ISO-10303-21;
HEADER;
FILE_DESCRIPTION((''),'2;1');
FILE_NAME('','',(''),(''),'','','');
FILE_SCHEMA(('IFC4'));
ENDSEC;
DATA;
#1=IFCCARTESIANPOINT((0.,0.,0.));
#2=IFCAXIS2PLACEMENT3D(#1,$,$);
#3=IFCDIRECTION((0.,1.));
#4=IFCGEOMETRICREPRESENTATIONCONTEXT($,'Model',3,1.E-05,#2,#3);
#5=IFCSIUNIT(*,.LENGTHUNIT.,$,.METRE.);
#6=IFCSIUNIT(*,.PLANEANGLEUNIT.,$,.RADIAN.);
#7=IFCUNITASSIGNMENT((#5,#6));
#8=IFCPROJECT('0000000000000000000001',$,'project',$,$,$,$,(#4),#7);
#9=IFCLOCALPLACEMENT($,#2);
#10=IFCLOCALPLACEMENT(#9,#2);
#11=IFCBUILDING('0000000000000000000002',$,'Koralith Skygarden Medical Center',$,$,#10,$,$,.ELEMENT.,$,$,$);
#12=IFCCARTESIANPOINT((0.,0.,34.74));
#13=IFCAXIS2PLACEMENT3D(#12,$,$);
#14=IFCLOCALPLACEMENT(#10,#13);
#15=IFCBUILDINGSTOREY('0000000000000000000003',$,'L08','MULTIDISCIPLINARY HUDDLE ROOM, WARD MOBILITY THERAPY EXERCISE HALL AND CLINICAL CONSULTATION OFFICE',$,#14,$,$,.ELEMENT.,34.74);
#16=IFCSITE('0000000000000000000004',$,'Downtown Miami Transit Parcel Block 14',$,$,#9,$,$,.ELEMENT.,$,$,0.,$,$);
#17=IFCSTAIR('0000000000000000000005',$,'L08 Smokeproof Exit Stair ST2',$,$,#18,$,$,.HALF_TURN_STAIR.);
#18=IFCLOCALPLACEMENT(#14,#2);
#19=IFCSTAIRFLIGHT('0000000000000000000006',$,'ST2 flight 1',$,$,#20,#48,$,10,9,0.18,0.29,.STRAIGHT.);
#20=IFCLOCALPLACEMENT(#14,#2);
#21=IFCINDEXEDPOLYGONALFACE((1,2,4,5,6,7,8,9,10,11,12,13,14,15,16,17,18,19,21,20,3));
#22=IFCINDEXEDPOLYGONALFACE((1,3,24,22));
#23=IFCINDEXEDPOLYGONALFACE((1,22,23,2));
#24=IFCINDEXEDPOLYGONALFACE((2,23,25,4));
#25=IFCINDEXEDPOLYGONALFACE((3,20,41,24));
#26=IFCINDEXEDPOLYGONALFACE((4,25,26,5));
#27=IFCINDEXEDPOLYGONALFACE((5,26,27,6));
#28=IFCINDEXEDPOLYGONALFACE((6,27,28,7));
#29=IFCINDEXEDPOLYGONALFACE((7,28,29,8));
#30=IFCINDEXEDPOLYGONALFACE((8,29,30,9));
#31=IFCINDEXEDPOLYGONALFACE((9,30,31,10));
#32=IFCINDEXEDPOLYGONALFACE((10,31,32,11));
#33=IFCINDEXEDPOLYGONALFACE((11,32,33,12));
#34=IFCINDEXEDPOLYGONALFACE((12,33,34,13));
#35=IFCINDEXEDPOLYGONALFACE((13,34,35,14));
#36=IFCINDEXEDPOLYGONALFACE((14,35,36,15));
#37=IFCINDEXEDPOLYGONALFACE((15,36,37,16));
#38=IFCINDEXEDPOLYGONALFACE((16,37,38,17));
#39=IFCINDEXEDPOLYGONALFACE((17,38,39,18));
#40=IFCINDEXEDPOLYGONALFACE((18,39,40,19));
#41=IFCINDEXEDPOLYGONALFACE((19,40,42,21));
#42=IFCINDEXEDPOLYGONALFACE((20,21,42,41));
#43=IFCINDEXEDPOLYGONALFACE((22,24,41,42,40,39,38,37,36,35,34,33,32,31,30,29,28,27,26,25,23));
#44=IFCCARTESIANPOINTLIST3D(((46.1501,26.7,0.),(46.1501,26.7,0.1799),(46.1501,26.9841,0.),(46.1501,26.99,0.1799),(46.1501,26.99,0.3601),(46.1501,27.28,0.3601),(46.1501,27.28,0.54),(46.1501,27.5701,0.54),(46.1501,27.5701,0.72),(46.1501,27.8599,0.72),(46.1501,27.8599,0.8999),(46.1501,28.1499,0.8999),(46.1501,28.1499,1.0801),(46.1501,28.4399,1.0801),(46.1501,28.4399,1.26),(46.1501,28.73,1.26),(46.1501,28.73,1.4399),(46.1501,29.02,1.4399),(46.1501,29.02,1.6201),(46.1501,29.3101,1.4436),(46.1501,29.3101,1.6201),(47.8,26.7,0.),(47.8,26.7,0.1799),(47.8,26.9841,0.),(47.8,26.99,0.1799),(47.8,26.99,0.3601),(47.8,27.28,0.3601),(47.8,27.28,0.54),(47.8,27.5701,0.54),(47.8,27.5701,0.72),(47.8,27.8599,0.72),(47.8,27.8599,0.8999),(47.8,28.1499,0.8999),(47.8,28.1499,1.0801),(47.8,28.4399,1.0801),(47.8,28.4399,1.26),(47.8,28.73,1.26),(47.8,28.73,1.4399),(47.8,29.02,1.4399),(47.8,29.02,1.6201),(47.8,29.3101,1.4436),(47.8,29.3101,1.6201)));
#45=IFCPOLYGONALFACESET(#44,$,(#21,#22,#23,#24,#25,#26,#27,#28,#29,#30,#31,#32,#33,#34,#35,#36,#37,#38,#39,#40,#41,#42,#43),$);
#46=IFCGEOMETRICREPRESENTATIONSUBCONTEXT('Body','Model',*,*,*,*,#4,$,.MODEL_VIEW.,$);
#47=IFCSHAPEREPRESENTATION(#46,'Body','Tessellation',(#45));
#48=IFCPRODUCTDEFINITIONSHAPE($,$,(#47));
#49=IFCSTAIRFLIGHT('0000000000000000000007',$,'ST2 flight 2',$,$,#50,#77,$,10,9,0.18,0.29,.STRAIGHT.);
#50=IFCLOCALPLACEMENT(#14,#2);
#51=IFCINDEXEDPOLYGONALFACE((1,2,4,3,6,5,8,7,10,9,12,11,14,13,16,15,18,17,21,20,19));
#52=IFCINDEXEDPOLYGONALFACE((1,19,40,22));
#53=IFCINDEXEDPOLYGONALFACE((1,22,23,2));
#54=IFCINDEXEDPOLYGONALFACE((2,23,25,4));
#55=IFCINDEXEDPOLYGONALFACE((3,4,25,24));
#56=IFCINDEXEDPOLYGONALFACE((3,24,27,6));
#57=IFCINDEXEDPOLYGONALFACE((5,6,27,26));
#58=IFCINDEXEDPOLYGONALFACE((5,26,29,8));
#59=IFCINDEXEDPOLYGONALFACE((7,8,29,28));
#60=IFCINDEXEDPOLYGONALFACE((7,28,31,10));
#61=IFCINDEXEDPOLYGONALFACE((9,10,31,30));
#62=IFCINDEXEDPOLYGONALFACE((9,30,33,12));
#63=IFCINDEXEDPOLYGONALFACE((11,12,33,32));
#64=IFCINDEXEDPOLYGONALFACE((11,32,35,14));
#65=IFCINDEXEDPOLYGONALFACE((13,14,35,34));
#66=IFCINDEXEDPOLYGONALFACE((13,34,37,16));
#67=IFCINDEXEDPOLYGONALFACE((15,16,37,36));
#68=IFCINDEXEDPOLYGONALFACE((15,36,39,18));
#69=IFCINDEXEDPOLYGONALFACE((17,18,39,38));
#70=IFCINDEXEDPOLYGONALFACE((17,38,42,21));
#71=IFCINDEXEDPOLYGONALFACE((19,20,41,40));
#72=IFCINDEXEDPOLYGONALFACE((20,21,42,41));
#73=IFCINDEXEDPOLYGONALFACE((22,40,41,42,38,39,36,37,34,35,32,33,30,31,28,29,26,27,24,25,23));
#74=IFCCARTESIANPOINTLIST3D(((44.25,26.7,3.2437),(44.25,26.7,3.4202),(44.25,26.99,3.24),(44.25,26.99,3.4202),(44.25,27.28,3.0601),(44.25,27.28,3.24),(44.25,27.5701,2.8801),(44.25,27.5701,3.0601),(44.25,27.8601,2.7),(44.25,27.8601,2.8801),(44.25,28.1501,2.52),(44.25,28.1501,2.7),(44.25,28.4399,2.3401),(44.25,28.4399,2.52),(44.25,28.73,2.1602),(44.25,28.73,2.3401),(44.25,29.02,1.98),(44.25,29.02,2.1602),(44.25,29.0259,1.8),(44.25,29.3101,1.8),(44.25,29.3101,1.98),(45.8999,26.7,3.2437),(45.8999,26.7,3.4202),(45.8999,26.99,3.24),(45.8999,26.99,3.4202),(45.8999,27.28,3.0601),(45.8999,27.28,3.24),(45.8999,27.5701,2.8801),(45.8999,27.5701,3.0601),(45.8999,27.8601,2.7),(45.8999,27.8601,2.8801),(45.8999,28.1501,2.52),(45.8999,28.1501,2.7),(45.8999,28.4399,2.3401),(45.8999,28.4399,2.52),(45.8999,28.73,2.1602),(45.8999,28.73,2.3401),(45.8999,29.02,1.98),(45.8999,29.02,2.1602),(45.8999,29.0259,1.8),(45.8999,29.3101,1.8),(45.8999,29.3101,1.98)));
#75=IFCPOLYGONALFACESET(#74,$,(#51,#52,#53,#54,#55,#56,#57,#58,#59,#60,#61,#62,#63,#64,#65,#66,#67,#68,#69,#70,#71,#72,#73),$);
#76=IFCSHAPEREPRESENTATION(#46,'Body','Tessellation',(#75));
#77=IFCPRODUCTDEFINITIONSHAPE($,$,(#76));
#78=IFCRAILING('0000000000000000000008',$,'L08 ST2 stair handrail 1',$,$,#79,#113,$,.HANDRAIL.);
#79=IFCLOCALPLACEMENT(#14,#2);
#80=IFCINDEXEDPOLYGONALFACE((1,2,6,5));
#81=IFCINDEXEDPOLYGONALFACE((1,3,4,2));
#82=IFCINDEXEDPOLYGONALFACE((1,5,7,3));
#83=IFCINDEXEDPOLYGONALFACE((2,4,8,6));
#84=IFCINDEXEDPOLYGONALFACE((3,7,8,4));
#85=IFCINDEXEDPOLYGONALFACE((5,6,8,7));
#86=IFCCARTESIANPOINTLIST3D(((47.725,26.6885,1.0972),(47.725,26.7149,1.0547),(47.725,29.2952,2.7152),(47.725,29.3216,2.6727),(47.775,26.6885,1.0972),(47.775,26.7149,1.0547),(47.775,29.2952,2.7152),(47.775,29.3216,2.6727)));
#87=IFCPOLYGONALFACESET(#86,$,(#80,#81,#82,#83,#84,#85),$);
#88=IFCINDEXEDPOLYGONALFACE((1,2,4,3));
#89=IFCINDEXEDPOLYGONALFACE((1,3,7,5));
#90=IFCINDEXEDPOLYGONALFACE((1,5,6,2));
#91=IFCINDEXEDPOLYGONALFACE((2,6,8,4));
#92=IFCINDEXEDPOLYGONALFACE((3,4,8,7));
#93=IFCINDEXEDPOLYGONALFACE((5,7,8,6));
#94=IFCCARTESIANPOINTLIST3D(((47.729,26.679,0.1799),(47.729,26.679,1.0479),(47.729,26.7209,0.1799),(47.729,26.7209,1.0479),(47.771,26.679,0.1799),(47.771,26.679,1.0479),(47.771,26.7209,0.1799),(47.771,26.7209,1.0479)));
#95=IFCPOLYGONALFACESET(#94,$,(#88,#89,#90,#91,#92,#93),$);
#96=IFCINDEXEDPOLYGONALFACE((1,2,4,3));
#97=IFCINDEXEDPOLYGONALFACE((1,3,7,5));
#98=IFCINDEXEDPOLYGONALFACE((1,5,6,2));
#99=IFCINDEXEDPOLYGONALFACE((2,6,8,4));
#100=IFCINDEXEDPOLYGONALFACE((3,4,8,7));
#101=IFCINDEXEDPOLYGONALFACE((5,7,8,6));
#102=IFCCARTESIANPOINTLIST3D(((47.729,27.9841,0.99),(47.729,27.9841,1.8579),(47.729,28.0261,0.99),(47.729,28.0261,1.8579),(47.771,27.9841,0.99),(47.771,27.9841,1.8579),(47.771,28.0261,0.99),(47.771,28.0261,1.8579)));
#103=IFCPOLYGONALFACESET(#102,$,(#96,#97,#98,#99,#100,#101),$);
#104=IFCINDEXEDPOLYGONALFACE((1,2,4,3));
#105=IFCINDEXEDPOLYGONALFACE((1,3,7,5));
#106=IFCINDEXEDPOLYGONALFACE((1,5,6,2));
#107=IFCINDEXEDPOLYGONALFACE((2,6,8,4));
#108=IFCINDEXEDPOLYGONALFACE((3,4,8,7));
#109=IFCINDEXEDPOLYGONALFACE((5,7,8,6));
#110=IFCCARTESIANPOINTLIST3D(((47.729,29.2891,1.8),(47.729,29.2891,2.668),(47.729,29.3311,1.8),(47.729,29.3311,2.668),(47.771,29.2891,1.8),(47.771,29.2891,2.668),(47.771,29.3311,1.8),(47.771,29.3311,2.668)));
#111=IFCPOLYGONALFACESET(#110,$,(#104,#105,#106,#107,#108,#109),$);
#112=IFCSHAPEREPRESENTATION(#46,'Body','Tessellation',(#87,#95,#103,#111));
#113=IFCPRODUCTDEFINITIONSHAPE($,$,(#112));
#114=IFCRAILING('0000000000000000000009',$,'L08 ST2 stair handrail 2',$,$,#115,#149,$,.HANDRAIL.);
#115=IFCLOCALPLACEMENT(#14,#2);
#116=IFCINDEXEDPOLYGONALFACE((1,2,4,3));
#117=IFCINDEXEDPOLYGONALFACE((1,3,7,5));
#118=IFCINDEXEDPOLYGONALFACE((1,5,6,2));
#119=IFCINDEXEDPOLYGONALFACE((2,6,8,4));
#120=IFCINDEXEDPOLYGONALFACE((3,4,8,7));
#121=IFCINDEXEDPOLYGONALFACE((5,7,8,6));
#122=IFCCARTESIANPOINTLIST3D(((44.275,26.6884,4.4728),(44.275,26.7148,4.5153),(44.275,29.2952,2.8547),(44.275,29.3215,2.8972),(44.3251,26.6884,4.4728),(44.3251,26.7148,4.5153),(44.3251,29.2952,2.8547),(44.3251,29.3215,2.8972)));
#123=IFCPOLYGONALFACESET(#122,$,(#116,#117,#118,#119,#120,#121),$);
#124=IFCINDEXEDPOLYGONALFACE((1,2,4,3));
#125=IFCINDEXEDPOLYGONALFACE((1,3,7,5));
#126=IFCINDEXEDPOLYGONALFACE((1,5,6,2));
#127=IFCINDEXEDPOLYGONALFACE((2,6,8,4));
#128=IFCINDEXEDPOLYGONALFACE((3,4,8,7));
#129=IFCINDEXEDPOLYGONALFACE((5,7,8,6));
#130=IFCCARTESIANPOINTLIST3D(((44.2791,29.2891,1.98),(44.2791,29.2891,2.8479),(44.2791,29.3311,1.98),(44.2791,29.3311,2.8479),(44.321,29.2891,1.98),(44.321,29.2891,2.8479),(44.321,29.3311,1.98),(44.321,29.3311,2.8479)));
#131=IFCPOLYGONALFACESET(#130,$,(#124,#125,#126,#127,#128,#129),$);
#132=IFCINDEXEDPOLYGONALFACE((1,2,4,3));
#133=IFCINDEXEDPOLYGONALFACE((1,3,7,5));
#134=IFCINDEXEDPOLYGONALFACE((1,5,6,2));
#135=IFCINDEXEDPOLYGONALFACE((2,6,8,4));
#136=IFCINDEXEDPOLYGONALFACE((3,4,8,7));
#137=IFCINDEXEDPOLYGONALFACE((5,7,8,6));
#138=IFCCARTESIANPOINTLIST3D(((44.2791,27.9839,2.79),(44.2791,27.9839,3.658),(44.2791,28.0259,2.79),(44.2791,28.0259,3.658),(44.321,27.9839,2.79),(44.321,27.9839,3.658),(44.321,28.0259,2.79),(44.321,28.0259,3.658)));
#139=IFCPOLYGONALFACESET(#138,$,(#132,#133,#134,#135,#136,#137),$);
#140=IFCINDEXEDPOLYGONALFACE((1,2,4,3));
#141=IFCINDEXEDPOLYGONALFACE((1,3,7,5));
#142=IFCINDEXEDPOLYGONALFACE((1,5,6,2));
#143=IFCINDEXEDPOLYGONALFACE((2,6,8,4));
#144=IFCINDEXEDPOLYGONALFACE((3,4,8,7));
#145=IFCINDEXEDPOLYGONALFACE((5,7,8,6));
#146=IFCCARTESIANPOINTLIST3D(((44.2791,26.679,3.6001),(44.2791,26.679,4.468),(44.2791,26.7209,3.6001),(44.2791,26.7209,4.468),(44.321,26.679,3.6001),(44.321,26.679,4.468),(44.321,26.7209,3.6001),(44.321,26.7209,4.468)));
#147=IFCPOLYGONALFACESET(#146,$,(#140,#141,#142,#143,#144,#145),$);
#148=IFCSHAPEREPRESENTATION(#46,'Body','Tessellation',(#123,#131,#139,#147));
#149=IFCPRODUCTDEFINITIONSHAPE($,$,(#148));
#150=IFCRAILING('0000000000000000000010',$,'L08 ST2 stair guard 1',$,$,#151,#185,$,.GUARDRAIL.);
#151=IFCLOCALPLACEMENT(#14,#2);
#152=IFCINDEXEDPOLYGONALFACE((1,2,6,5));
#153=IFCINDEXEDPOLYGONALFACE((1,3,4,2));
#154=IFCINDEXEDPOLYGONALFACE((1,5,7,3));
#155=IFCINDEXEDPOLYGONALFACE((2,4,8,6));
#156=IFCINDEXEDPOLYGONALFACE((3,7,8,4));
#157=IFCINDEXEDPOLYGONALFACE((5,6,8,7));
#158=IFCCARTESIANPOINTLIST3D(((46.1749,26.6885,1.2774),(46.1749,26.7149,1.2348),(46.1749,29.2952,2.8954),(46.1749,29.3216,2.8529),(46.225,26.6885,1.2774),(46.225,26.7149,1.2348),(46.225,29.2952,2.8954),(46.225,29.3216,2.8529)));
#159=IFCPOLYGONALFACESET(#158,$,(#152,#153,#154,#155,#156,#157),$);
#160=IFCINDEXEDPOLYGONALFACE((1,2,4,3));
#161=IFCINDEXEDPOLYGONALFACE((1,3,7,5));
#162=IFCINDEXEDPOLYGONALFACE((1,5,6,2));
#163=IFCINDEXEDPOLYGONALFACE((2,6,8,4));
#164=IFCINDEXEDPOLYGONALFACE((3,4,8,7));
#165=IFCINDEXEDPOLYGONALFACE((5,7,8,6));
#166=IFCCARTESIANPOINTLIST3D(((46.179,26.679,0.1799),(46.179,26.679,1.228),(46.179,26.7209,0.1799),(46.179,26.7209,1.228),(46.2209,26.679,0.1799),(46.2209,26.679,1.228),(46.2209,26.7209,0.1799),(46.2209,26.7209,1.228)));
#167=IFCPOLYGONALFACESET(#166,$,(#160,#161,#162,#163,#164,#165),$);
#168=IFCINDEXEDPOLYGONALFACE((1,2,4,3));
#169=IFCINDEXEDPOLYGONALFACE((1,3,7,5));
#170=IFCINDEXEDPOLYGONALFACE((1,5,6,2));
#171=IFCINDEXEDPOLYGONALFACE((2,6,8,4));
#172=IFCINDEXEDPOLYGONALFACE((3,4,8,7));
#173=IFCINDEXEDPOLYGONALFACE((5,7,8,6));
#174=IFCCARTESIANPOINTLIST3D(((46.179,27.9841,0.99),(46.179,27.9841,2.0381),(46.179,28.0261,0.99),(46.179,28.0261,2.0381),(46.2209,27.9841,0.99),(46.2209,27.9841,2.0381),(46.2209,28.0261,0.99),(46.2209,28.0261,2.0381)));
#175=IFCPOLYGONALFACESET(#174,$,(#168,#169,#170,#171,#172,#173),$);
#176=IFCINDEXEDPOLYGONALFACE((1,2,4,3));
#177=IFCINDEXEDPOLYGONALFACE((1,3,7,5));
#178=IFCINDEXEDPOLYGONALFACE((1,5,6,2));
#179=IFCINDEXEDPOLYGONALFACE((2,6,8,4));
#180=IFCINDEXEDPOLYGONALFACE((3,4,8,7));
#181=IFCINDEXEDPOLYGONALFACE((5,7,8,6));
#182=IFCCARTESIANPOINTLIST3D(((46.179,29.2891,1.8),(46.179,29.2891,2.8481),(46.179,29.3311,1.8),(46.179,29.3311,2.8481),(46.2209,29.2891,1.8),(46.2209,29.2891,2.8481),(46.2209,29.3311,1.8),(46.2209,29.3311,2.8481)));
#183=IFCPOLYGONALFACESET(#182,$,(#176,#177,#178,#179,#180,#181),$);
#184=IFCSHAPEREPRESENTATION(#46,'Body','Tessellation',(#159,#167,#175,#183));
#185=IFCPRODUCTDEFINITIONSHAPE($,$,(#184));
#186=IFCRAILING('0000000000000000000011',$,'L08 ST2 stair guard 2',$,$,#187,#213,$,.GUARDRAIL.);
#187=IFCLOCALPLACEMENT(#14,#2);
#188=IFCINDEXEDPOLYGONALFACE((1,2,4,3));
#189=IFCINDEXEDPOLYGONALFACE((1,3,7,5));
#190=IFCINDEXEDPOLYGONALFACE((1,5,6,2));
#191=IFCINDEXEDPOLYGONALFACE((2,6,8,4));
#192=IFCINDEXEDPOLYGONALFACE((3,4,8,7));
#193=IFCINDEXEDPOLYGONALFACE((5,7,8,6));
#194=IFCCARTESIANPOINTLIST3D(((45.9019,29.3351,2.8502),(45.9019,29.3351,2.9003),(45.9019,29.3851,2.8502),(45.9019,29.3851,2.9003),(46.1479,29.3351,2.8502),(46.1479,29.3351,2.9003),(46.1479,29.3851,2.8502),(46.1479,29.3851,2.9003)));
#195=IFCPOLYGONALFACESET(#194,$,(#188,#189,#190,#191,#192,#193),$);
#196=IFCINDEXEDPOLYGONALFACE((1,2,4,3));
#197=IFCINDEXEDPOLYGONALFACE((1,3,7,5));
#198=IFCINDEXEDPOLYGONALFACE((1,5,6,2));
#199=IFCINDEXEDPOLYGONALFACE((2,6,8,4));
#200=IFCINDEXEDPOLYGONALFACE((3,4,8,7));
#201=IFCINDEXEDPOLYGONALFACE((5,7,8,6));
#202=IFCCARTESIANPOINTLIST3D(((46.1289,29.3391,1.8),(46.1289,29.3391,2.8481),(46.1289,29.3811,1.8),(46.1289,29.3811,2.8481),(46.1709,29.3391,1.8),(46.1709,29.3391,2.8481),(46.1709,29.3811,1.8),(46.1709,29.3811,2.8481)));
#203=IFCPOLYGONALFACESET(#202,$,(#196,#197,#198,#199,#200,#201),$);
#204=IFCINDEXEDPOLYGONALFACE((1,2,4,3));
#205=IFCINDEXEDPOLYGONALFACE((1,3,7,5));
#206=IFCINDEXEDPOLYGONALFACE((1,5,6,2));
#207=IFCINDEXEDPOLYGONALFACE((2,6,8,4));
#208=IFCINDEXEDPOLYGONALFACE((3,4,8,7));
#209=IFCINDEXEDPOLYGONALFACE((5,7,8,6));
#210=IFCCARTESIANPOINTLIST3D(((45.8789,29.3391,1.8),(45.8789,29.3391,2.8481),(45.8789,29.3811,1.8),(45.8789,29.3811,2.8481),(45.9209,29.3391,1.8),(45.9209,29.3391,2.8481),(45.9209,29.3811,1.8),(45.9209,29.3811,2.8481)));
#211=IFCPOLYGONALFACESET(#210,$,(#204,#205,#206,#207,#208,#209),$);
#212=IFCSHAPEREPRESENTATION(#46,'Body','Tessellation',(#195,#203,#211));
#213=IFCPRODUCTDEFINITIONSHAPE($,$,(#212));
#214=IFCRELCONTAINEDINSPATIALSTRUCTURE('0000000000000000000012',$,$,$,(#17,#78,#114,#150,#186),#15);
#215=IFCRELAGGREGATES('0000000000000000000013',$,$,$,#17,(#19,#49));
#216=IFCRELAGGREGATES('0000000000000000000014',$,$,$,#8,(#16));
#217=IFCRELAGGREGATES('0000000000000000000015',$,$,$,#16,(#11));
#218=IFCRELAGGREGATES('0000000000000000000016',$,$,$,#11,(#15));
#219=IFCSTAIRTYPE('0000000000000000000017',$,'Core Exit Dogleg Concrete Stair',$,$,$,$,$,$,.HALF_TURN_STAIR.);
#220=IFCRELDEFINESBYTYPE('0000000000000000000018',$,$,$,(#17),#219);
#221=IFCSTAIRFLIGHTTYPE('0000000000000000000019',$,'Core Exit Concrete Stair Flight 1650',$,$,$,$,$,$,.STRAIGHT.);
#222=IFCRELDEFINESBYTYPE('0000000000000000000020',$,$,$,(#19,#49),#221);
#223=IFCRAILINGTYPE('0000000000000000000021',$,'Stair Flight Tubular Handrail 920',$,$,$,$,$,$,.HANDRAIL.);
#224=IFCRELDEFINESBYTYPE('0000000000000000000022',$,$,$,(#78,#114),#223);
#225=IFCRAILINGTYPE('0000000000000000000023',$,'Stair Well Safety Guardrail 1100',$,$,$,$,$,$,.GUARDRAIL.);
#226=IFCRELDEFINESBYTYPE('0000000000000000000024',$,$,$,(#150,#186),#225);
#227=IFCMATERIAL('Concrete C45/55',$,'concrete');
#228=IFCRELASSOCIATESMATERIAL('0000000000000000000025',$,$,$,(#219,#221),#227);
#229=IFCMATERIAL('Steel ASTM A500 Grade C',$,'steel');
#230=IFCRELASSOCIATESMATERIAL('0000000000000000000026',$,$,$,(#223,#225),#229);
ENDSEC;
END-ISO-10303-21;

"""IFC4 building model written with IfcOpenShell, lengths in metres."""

from ifc_helpers import new_model, si_unit, direction, frame, origin, origin_2d, place, context, subcontext, project, spatial, polyline, rectangle, outline, extrude, material, type_object, element, aggregate, save


model = new_model("IFC4")

# Units and contexts
model_context = context("Model", 3, precision=1e-05, world=origin(), true_north=direction((0.0, 1.0)))
body_context = subcontext(model_context, "Body", "Model", "MODEL_VIEW")
ifc_project = project(units=[si_unit("LENGTHUNIT", "METRE"), si_unit("PLANEANGLEUNIT", "RADIAN")], contexts=[model_context])

# Site, building, storey
site_placement = place(None, origin())
site = spatial("IfcSite", under=ifc_project, at=site_placement, Name="Downtown Miami Transit Parcel Block 14", CompositionType="ELEMENT", RefElevation=0.0)
building_placement = place(site_placement, origin())
building = spatial("IfcBuilding", under=site, at=building_placement, Name="Koralith Skygarden Medical Center", CompositionType="ELEMENT")
storey_placement = place(building_placement, frame((0.0, 0.0, 34.74)))
storey = spatial("IfcBuildingStorey", under=building, at=storey_placement, Name="L08", Description="MULTIDISCIPLINARY HUDDLE ROOM, WARD MOBILITY THERAPY EXERCISE HALL AND CLINICAL CONSULTATION OFFICE", CompositionType="ELEMENT", Elevation=34.74)

# Shared definitions
ifc_material_1 = material(Name="Steel ASTM A500 Grade C", Category="steel")

# Shared definitions
ifc_material_2 = material(Name="Concrete C45/55", Category="concrete")

# Stair, stair flights
stair_type = type_object("IfcStairType", Name="Core Exit Dogleg Concrete Stair", PredefinedType="HALF_TURN_STAIR", material=ifc_material_2)
stair_placement = place(storey_placement, origin())
stair = element("IfcStair", 1, at=stair_placement, inside=storey, type_object=stair_type, Name="L08 Smokeproof Exit Stair ST2", PredefinedType="HALF_TURN_STAIR")
stair_flight_type = type_object("IfcStairFlightType", Name="Core Exit Concrete Stair Flight 1650", PredefinedType="STRAIGHT", material=ifc_material_2)
stair_flight_1_placement = place(storey_placement, frame((46.9751, 26.7, 0.0), z_axis=(0.0, 0.0, 1.0), x_axis=(0.0, 1.0, 0.0)))
stair_flight_1 = element("IfcStairFlight", 2, at=stair_flight_1_placement, type_object=stair_flight_type, Name="ST2 flight 1", NumberOfRisers=10, NumberOfTreads=9, PredefinedType="STRAIGHT", RiserHeight=0.18, TreadLength=0.29, context=body_context, shape_type="SweptSolid", body=[
    extrude(outline(polyline([(0.0, 0.0), (0.0, 0.1799), (0.29, 0.1799), (0.29, 0.3601), (0.5801, 0.3601), (0.5801, 0.54), (0.8701, 0.54), (0.8701, 0.72), (1.1599, 0.72), (1.1599, 0.8999), (1.45, 0.8999), (1.45, 1.0801), (1.74, 1.0801), (1.74, 1.26), (2.03, 1.26), (2.03, 1.4399), (2.3201, 1.4399), (2.3201, 1.6201), (2.6101, 1.6201), (2.6101, 1.8), (2.6101, 1.4436), (0.2842, 0.0), (0.0, 0.0)])), frame((0.0, 0.825, 0.0), z_axis=(0.0, -1.0, 0.0), x_axis=(1.0, 0.0, 0.0)), (0.0, 0.0, 1.0), 1.6499),
])
stair_flight_2_placement = place(storey_placement, frame((45.075, 29.3101, 1.8), z_axis=(0.0, 0.0, 1.0), x_axis=(0.0, -1.0, 0.0)))
stair_flight_2 = element("IfcStairFlight", 3, at=stair_flight_2_placement, type_object=stair_flight_type, Name="ST2 flight 2", NumberOfRisers=10, NumberOfTreads=9, PredefinedType="STRAIGHT", RiserHeight=0.18, TreadLength=0.29, context=body_context, shape_type="SweptSolid", body=[
    extrude(outline(polyline([(0.0, 0.0), (0.0, 0.1799), (0.29, 0.1799), (0.29, 0.3601), (0.5801, 0.3601), (0.5801, 0.54), (0.8701, 0.54), (0.8701, 0.72), (1.1599, 0.72), (1.1599, 0.8999), (1.45, 0.8999), (1.45, 1.0801), (1.74, 1.0801), (1.74, 1.26), (2.03, 1.26), (2.03, 1.4399), (2.3201, 1.4399), (2.3201, 1.6201), (2.6101, 1.6201), (2.6101, 1.8), (2.6101, 1.4436), (0.2842, 0.0), (0.0, 0.0)])), frame((0.0, 0.825, 0.0), z_axis=(0.0, -1.0, 0.0), x_axis=(1.0, 0.0, 0.0)), (0.0, 0.0, 1.0), 1.6499),
])
aggregate(stair, [stair_flight_1, stair_flight_2])

# Railings
railing_type_1 = type_object("IfcRailingType", Name="Stair Flight Tubular Handrail 920", PredefinedType="HANDRAIL", material=ifc_material_1)
railing_1_placement = place(storey_placement, frame((47.75, 26.7, 0.1799)))
element("IfcRailing", 4, at=railing_1_placement, inside=storey, type_object=railing_type_1, Name="L08 ST2 stair handrail 1", PredefinedType="HANDRAIL", context=body_context, shape_type="SweptSolid", body=[
    extrude(rectangle(XDim=0.05, YDim=0.05, at=origin_2d()), frame((0.0, 0.0017, 0.896), z_axis=(0.0, 0.849633, 0.527375), x_axis=(-1.0, 0.0, 0.0)), (0.0, 0.0, 1.0), 3.0681),
    extrude(rectangle(XDim=0.042, YDim=0.042, at=origin_2d()), origin(), (0.0, 0.0, 1.0), 0.8679),
    extrude(rectangle(XDim=0.042, YDim=0.042, at=origin_2d()), frame((0.0, 1.3052, 0.8101)), (0.0, 0.0, 1.0), 0.8679),
    extrude(rectangle(XDim=0.042, YDim=0.042, at=origin_2d()), frame((0.0, 2.6101, 1.6201)), (0.0, 0.0, 1.0), 0.8679),
])
railing_2_placement = place(storey_placement, frame((44.3, 29.3101, 1.98)))
element("IfcRailing", 5, at=railing_2_placement, inside=storey, type_object=railing_type_1, Name="L08 ST2 stair handrail 2", PredefinedType="HANDRAIL", context=body_context, shape_type="SweptSolid", body=[
    extrude(rectangle(XDim=0.05, YDim=0.05, at=origin_2d()), frame((0.0, -0.0017, 0.896), z_axis=(0.0, -0.849633, 0.527375), x_axis=(1.0, 0.0, 0.0)), (0.0, 0.0, 1.0), 3.0681),
    extrude(rectangle(XDim=0.042, YDim=0.042, at=origin_2d()), origin(), (0.0, 0.0, 1.0), 0.8679),
    extrude(rectangle(XDim=0.042, YDim=0.042, at=origin_2d()), frame((0.0, -1.3052, 0.8101)), (0.0, 0.0, 1.0), 0.8679),
    extrude(rectangle(XDim=0.042, YDim=0.042, at=origin_2d()), frame((0.0, -2.6101, 1.6201)), (0.0, 0.0, 1.0), 0.8679),
])
railing_type_2 = type_object("IfcRailingType", Name="Stair Well Safety Guardrail 1100", PredefinedType="GUARDRAIL", material=ifc_material_1)
railing_3_placement = place(storey_placement, frame((46.2, 26.7, 0.1799)))
element("IfcRailing", 6, at=railing_3_placement, inside=storey, type_object=railing_type_2, Name="L08 ST2 stair guard 1", PredefinedType="GUARDRAIL", context=body_context, shape_type="SweptSolid", body=[
    extrude(rectangle(XDim=0.05, YDim=0.05, at=origin_2d()), frame((0.0, 0.0017, 1.0762), z_axis=(0.0, 0.849633, 0.527375), x_axis=(-1.0, 0.0, 0.0)), (0.0, 0.0, 1.0), 3.0681),
    extrude(rectangle(XDim=0.042, YDim=0.042, at=origin_2d()), origin(), (0.0, 0.0, 1.0), 1.0481),
    extrude(rectangle(XDim=0.042, YDim=0.042, at=origin_2d()), frame((0.0, 1.3052, 0.8101)), (0.0, 0.0, 1.0), 1.0481),
    extrude(rectangle(XDim=0.042, YDim=0.042, at=origin_2d()), frame((0.0, 2.6101, 1.6201)), (0.0, 0.0, 1.0), 1.0481),
])
railing_4_placement = place(storey_placement, frame((46.1499, 29.3601, 1.8)))
element("IfcRailing", 7, at=railing_4_placement, inside=storey, type_object=railing_type_2, Name="L08 ST2 stair guard 2", PredefinedType="GUARDRAIL", context=body_context, shape_type="SweptSolid", body=[
    extrude(rectangle(XDim=0.05, YDim=0.05, at=origin_2d()), frame((-0.002, 0.0, 1.0752), z_axis=(-1.0, 0.0, 0.0), x_axis=(0.0, -1.0, 0.0)), (0.0, 0.0, 1.0), 0.2461),
    extrude(rectangle(XDim=0.042, YDim=0.042, at=origin_2d()), origin(), (0.0, 0.0, 1.0), 1.0481),
    extrude(rectangle(XDim=0.042, YDim=0.042, at=origin_2d()), frame((-0.25, 0.0, 0.0)), (0.0, 0.0, 1.0), 1.0481),
])

save(model, "model.ifc")
